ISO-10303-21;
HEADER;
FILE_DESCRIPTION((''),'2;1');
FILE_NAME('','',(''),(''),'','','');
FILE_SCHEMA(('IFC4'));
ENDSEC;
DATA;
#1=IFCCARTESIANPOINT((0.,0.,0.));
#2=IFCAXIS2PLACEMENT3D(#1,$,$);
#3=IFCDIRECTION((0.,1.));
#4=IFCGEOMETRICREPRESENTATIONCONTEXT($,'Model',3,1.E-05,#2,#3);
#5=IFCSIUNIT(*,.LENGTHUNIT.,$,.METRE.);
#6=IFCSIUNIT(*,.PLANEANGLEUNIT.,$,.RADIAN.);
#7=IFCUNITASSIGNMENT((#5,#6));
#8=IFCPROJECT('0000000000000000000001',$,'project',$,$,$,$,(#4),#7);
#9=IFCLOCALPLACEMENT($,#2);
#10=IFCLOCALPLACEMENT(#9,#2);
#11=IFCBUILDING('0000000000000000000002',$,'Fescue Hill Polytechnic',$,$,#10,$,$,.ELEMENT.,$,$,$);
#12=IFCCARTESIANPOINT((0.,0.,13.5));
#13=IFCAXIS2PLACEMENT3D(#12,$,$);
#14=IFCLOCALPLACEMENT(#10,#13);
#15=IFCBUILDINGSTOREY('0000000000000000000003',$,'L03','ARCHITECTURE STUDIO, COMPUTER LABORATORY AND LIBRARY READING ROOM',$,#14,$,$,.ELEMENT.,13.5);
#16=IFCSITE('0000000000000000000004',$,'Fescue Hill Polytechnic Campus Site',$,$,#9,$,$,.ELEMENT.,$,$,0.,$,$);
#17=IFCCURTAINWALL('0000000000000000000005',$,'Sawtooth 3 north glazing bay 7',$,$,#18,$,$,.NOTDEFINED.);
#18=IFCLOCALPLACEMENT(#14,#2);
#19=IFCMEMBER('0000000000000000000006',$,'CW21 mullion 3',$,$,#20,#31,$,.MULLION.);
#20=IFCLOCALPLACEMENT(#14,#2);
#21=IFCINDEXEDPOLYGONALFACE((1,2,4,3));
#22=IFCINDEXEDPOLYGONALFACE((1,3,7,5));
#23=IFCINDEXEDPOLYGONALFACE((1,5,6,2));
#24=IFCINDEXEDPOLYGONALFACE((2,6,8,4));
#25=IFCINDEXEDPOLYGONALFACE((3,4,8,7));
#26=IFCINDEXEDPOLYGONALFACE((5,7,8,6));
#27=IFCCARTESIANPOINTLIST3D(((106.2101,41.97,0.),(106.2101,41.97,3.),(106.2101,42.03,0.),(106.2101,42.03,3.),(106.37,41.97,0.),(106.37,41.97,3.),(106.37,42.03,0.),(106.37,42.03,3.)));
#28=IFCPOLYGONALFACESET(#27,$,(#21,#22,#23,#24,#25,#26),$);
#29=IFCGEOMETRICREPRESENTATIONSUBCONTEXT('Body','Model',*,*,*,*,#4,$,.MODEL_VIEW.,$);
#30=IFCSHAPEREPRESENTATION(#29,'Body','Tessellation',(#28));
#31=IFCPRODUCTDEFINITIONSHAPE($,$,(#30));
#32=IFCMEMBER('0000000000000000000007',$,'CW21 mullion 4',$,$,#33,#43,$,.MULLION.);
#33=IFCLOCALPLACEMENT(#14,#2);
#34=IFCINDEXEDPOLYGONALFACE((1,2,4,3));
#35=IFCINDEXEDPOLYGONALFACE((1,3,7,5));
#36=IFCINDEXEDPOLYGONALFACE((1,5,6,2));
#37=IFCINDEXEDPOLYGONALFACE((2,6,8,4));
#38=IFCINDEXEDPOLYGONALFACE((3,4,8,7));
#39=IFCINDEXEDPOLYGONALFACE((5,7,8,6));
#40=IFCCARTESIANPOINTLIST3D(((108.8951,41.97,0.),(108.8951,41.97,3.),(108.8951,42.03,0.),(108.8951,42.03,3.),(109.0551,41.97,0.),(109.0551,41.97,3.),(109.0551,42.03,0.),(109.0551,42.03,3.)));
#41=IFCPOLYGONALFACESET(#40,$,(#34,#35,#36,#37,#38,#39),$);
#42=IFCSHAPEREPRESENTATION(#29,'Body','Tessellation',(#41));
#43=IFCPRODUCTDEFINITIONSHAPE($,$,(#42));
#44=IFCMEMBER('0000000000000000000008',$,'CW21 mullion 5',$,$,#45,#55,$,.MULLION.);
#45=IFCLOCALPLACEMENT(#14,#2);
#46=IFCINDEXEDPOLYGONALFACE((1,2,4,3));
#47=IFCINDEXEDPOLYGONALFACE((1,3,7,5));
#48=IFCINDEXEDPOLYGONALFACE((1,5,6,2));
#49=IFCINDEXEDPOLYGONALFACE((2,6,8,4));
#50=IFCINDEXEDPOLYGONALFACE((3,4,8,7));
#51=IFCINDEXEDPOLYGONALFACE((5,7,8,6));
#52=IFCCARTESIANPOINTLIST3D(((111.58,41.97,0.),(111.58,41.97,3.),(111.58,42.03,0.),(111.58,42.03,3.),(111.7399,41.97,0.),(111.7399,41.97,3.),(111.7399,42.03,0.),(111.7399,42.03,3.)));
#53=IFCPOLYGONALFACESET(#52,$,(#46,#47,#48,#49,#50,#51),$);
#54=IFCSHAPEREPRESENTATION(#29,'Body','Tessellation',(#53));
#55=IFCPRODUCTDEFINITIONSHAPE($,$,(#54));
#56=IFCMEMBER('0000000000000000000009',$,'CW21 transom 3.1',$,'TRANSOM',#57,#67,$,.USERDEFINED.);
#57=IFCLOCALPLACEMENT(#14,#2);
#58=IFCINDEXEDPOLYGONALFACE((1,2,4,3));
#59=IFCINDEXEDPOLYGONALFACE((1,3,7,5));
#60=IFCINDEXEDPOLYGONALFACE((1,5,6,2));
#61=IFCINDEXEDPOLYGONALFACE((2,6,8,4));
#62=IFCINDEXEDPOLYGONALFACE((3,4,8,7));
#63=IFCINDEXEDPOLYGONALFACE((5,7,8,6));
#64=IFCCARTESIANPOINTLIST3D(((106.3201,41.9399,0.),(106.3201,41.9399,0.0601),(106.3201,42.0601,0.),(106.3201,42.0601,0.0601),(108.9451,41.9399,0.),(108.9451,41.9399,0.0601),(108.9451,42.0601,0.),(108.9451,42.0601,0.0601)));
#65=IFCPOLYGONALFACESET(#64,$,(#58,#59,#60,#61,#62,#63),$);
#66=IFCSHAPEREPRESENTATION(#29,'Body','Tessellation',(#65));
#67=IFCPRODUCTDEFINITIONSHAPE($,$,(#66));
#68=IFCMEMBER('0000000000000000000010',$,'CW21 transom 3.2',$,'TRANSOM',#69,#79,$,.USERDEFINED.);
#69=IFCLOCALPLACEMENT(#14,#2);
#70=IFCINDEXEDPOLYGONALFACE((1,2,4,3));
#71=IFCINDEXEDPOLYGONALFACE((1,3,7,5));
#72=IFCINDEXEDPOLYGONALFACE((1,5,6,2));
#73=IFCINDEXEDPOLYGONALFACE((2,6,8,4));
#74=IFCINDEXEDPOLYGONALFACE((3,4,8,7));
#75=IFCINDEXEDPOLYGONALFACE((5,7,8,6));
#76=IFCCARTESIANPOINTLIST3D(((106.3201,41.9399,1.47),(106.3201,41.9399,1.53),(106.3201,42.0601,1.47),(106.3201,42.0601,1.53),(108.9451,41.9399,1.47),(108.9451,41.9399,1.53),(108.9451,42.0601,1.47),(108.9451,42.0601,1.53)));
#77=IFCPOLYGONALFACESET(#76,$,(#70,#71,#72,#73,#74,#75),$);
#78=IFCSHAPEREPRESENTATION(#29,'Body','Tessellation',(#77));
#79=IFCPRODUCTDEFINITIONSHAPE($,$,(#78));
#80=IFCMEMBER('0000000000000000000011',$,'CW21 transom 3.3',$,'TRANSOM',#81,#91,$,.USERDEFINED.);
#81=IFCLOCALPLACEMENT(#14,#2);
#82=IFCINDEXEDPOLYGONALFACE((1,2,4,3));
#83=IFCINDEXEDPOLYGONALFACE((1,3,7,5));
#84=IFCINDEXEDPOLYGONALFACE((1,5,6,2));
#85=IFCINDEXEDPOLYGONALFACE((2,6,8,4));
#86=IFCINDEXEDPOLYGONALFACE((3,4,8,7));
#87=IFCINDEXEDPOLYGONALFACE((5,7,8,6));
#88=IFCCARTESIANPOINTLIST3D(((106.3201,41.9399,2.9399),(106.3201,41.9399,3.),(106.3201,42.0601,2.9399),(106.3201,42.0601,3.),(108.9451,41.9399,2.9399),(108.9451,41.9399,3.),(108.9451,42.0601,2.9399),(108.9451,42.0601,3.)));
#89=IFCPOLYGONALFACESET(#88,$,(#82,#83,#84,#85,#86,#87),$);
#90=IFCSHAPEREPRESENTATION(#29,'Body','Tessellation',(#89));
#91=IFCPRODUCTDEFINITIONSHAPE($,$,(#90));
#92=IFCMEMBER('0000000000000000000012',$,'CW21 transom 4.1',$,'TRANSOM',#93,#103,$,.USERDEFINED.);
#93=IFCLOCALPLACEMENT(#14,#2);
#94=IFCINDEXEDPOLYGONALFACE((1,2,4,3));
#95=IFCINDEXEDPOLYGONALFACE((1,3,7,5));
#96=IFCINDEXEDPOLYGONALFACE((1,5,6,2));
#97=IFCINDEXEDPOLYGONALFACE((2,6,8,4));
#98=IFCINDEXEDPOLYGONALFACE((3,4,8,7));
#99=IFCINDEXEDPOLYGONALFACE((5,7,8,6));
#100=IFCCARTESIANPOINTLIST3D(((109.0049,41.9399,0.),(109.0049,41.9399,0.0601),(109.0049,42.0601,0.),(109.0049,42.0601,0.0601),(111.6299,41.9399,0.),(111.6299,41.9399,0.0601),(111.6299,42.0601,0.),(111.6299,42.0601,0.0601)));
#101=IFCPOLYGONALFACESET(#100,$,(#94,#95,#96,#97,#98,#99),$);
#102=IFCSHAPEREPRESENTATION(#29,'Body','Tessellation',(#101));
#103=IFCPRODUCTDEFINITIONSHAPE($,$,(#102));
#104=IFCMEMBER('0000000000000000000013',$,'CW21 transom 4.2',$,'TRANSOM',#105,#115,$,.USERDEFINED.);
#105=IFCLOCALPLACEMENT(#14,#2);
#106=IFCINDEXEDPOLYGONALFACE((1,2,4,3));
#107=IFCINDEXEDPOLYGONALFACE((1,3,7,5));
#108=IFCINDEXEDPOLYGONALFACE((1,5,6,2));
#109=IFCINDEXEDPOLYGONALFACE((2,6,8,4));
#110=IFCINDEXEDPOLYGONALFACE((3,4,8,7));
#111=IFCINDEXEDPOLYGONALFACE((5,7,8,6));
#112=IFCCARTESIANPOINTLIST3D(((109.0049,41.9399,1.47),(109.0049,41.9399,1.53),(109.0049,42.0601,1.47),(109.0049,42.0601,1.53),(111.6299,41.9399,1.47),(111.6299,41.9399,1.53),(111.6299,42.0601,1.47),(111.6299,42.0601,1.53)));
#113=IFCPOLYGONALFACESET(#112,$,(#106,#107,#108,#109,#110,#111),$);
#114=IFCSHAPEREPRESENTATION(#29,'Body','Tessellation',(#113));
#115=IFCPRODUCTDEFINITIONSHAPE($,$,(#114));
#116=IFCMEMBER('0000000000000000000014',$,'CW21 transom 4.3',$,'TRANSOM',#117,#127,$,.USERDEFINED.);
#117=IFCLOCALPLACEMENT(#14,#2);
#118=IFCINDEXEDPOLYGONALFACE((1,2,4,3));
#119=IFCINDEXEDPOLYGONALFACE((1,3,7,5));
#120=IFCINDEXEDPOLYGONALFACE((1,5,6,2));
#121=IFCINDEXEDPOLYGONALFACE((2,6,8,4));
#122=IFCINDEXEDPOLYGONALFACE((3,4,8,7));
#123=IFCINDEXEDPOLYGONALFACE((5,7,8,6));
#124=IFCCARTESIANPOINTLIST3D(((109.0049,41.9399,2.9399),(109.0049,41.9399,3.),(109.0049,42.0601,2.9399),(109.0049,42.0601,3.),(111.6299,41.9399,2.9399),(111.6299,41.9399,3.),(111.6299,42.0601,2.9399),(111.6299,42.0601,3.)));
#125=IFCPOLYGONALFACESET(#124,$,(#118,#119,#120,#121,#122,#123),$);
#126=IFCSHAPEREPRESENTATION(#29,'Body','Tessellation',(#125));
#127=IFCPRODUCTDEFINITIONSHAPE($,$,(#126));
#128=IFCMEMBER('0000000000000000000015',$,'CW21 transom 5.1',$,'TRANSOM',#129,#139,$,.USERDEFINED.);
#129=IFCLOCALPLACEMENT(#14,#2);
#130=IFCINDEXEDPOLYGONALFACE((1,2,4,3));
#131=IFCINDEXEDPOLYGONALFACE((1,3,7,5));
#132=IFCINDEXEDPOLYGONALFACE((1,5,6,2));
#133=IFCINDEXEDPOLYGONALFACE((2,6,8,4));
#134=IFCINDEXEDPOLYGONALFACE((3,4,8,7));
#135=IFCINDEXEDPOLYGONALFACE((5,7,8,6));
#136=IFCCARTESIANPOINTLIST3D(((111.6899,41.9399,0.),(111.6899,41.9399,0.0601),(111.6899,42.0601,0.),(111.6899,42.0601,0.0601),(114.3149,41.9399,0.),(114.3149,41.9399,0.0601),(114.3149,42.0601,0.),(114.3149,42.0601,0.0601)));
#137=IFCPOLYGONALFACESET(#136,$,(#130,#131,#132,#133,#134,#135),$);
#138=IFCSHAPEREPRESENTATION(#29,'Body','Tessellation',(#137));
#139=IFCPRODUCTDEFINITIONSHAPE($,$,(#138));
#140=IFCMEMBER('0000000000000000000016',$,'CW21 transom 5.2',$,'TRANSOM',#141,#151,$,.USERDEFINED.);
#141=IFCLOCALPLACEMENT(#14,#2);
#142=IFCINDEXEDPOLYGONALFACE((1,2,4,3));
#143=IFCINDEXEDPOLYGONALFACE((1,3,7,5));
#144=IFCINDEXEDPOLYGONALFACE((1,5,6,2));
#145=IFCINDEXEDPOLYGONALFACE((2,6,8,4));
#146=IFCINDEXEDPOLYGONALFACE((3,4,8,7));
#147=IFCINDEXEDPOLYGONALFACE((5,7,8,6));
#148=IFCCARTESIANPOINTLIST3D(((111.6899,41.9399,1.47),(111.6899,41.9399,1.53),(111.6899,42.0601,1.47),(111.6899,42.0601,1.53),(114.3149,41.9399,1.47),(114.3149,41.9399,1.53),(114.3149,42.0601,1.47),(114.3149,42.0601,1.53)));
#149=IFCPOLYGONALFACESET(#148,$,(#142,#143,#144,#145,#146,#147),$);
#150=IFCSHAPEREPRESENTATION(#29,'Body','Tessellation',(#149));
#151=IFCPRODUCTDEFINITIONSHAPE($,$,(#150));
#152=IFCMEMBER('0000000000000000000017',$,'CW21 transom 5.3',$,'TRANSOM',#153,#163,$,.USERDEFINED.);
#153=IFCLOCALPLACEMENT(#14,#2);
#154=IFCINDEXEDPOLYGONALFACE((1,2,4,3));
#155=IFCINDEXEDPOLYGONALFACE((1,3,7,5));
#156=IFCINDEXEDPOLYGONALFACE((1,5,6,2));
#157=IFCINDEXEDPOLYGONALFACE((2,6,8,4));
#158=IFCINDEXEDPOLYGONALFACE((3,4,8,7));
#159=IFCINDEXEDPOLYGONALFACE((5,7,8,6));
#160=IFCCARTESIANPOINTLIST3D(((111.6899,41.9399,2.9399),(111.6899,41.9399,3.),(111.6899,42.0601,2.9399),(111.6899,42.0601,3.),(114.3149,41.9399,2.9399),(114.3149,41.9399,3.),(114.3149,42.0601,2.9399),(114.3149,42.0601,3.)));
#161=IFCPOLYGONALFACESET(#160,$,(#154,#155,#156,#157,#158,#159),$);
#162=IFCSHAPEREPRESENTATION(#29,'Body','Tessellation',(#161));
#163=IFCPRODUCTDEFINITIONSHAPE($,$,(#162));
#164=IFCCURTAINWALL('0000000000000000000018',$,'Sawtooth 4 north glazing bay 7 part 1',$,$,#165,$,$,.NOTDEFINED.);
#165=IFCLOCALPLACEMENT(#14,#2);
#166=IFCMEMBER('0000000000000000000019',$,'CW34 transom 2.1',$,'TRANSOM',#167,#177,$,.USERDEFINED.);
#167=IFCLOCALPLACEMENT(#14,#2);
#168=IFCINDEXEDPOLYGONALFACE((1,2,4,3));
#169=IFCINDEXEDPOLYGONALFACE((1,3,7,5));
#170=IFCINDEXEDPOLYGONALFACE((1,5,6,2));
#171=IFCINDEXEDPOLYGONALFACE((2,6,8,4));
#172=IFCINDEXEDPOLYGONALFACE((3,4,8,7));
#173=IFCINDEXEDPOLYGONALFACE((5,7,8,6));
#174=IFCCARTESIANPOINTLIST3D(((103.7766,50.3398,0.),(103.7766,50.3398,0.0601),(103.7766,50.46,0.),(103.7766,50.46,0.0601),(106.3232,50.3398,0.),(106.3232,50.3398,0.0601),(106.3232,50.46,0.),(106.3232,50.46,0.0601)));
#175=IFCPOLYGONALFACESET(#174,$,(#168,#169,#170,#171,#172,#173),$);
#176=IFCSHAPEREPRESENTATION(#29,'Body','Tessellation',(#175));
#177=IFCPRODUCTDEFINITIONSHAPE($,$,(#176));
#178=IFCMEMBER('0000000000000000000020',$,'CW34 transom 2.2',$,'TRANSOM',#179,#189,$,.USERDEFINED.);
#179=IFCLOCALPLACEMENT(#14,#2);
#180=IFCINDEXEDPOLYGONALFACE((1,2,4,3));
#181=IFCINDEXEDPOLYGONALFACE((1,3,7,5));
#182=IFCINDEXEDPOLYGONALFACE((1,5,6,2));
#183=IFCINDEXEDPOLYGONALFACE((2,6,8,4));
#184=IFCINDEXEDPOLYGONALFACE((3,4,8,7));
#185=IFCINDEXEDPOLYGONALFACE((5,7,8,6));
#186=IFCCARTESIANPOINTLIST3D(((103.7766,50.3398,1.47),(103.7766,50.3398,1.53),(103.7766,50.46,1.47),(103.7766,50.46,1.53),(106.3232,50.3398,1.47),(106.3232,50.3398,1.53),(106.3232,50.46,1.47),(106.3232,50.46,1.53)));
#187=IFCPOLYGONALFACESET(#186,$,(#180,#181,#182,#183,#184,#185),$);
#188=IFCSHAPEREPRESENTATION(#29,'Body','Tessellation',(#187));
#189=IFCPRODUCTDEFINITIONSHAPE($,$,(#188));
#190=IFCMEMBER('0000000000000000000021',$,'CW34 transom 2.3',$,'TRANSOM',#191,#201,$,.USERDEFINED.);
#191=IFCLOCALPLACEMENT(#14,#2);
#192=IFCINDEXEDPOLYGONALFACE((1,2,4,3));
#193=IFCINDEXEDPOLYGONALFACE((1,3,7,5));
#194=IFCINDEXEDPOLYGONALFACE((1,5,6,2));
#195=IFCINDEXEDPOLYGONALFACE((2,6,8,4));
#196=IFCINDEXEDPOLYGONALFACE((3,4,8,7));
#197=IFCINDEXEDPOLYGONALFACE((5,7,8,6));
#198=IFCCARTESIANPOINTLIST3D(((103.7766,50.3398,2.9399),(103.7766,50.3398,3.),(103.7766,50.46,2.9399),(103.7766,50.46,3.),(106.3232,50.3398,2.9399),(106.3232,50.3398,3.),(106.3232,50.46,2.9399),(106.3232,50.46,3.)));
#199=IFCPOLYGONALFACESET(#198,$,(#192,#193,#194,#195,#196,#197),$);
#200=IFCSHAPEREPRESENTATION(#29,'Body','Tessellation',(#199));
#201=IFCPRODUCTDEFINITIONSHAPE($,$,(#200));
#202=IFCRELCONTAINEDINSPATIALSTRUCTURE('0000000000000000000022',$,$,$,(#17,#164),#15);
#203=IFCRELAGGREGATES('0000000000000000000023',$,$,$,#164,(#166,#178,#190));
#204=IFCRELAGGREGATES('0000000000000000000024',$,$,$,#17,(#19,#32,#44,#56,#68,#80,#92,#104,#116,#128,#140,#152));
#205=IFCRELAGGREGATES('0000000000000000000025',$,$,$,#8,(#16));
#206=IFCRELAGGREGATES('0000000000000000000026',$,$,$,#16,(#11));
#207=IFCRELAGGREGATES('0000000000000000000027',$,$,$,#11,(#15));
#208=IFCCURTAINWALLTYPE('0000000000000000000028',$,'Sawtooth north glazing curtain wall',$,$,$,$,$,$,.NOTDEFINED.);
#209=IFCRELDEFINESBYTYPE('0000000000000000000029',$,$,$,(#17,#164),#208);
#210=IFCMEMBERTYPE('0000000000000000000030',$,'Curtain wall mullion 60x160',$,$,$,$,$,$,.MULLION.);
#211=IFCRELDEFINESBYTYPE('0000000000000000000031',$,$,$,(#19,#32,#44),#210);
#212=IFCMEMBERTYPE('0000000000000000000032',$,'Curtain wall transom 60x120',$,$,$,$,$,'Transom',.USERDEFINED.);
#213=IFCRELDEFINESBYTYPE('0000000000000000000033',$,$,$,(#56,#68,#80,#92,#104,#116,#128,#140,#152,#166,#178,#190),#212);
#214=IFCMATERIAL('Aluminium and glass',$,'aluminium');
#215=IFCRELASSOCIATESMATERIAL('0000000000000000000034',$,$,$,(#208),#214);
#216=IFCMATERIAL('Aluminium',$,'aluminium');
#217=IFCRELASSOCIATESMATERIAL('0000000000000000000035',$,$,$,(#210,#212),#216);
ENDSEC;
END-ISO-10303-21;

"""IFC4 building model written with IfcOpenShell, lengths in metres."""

from ifc_helpers import new_model, si_unit, direction, frame, origin, origin_2d, place, context, subcontext, project, spatial, rectangle, extrude, material, material_profile, profile_set, type_object, element, aggregate, save


model = new_model("IFC4")

# Units and contexts
model_context = context("Model", 3, precision=1e-05, world=origin(), true_north=direction((0.0, 1.0)))
body_context = subcontext(model_context, "Body", "Model", "MODEL_VIEW")
ifc_project = project(units=[si_unit("LENGTHUNIT", "METRE"), si_unit("PLANEANGLEUNIT", "RADIAN")], contexts=[model_context])

# Site, building, storey
site_placement = place(None, origin())
site = spatial("IfcSite", under=ifc_project, at=site_placement, Name="Fescue Hill Polytechnic Campus Site", CompositionType="ELEMENT", RefElevation=0.0)
building_placement = place(site_placement, origin())
building = spatial("IfcBuilding", under=site, at=building_placement, Name="Fescue Hill Polytechnic", CompositionType="ELEMENT")
storey_placement = place(building_placement, frame((0.0, 0.0, 13.5)))
storey = spatial("IfcBuildingStorey", under=building, at=storey_placement, Name="L03", Description="ARCHITECTURE STUDIO, COMPUTER LABORATORY AND LIBRARY READING ROOM", CompositionType="ELEMENT", Elevation=13.5)

# Curtain walls, members
ifc_material_1 = material(Name="Aluminium and glass", Category="aluminium")
curtain_wall_type = type_object("IfcCurtainWallType", Name="Sawtooth north glazing curtain wall", PredefinedType="NOTDEFINED", material=ifc_material_1)
curtain_wall_1_placement = place(storey_placement, origin())
curtain_wall_1 = element("IfcCurtainWall", 1, at=curtain_wall_1_placement, inside=storey, type_object=curtain_wall_type, Name="Sawtooth 3 north glazing bay 7", PredefinedType="NOTDEFINED")
ifc_material_2 = material(Name="Aluminium", Category="aluminium")
ifc_material_profile_1 = material_profile(ifc_material_2, rectangle(XDim=0.0601, YDim=0.1599, at=origin_2d()), Name="Curtain wall mullion 60x160")
ifc_profile_set_1 = profile_set([ifc_material_profile_1], Name="Aluminium")
member_type_1 = type_object("IfcMemberType", Name="Curtain wall mullion 60x160", PredefinedType="MULLION", material=ifc_profile_set_1)
member_1_placement = place(storey_placement, frame((106.29, 42.0, 0.0), z_axis=(0.0, 0.0, 1.0), x_axis=(0.0, 1.0, 0.0)))
member_1 = element("IfcMember", 2, at=member_1_placement, type_object=member_type_1, Name="CW21 mullion 3", PredefinedType="MULLION", context=body_context, shape_type="SweptSolid", body=[
    extrude(rectangle(XDim=0.0601, YDim=0.1599, at=origin_2d()), origin(), (0.0, 0.0, 1.0), 3.0),
])
member_2_placement = place(storey_placement, frame((108.9751, 42.0, 0.0), z_axis=(0.0, 0.0, 1.0), x_axis=(0.0, 1.0, 0.0)))
member_2 = element("IfcMember", 3, at=member_2_placement, type_object=member_type_1, Name="CW21 mullion 4", PredefinedType="MULLION", context=body_context, shape_type="SweptSolid", body=[
    extrude(rectangle(XDim=0.0601, YDim=0.1599, at=origin_2d()), origin(), (0.0, 0.0, 1.0), 3.0),
])
member_3_placement = place(storey_placement, frame((111.6599, 42.0, 0.0), z_axis=(0.0, 0.0, 1.0), x_axis=(0.0, 1.0, 0.0)))
member_3 = element("IfcMember", 4, at=member_3_placement, type_object=member_type_1, Name="CW21 mullion 5", PredefinedType="MULLION", context=body_context, shape_type="SweptSolid", body=[
    extrude(rectangle(XDim=0.0601, YDim=0.1599, at=origin_2d()), origin(), (0.0, 0.0, 1.0), 3.0),
])
ifc_material_profile_2 = material_profile(ifc_material_2, rectangle(XDim=0.1201, YDim=0.0601, at=origin_2d()), Name="Curtain wall transom 60x120")
ifc_profile_set_2 = profile_set([ifc_material_profile_2], Name="Aluminium")
member_type_2 = type_object("IfcMemberType", Name="Curtain wall transom 60x120", ElementType="Transom", PredefinedType="USERDEFINED", material=ifc_profile_set_2)
member_4_placement = place(storey_placement, frame((106.3201, 42.0, 0.03), z_axis=(1.0, 0.0, 0.0), x_axis=(0.0, 1.0, 0.0)))
member_4 = element("IfcMember", 5, at=member_4_placement, type_object=member_type_2, Name="CW21 transom 3.1", ObjectType="TRANSOM", PredefinedType="USERDEFINED", context=body_context, shape_type="SweptSolid", body=[
    extrude(rectangle(XDim=0.1201, YDim=0.0601, at=origin_2d()), origin(), (0.0, 0.0, 1.0), 2.625),
])
member_5_placement = place(storey_placement, frame((106.3201, 42.0, 1.5), z_axis=(1.0, 0.0, 0.0), x_axis=(0.0, 1.0, 0.0)))
member_5 = element("IfcMember", 6, at=member_5_placement, type_object=member_type_2, Name="CW21 transom 3.2", ObjectType="TRANSOM", PredefinedType="USERDEFINED", context=body_context, shape_type="SweptSolid", body=[
    extrude(rectangle(XDim=0.1201, YDim=0.0601, at=origin_2d()), origin(), (0.0, 0.0, 1.0), 2.625),
])
member_6_placement = place(storey_placement, frame((106.3201, 42.0, 2.97), z_axis=(1.0, 0.0, 0.0), x_axis=(0.0, 1.0, 0.0)))
member_6 = element("IfcMember", 7, at=member_6_placement, type_object=member_type_2, Name="CW21 transom 3.3", ObjectType="TRANSOM", PredefinedType="USERDEFINED", context=body_context, shape_type="SweptSolid", body=[
    extrude(rectangle(XDim=0.1201, YDim=0.0601, at=origin_2d()), origin(), (0.0, 0.0, 1.0), 2.625),
])
member_7_placement = place(storey_placement, frame((109.0049, 42.0, 0.03), z_axis=(1.0, 0.0, 0.0), x_axis=(0.0, 1.0, 0.0)))
member_7 = element("IfcMember", 8, at=member_7_placement, type_object=member_type_2, Name="CW21 transom 4.1", ObjectType="TRANSOM", PredefinedType="USERDEFINED", context=body_context, shape_type="SweptSolid", body=[
    extrude(rectangle(XDim=0.1201, YDim=0.0601, at=origin_2d()), origin(), (0.0, 0.0, 1.0), 2.625),
])
member_8_placement = place(storey_placement, frame((109.0049, 42.0, 1.5), z_axis=(1.0, 0.0, 0.0), x_axis=(0.0, 1.0, 0.0)))
member_8 = element("IfcMember", 9, at=member_8_placement, type_object=member_type_2, Name="CW21 transom 4.2", ObjectType="TRANSOM", PredefinedType="USERDEFINED", context=body_context, shape_type="SweptSolid", body=[
    extrude(rectangle(XDim=0.1201, YDim=0.0601, at=origin_2d()), origin(), (0.0, 0.0, 1.0), 2.625),
])
member_9_placement = place(storey_placement, frame((109.0049, 42.0, 2.97), z_axis=(1.0, 0.0, 0.0), x_axis=(0.0, 1.0, 0.0)))
member_9 = element("IfcMember", 10, at=member_9_placement, type_object=member_type_2, Name="CW21 transom 4.3", ObjectType="TRANSOM", PredefinedType="USERDEFINED", context=body_context, shape_type="SweptSolid", body=[
    extrude(rectangle(XDim=0.1201, YDim=0.0601, at=origin_2d()), origin(), (0.0, 0.0, 1.0), 2.625),
])
member_10_placement = place(storey_placement, frame((111.6899, 42.0, 0.03), z_axis=(1.0, 0.0, 0.0), x_axis=(0.0, 1.0, 0.0)))
member_10 = element("IfcMember", 11, at=member_10_placement, type_object=member_type_2, Name="CW21 transom 5.1", ObjectType="TRANSOM", PredefinedType="USERDEFINED", context=body_context, shape_type="SweptSolid", body=[
    extrude(rectangle(XDim=0.1201, YDim=0.0601, at=origin_2d()), origin(), (0.0, 0.0, 1.0), 2.625),
])
member_11_placement = place(storey_placement, frame((111.6899, 42.0, 1.5), z_axis=(1.0, 0.0, 0.0), x_axis=(0.0, 1.0, 0.0)))
member_11 = element("IfcMember", 12, at=member_11_placement, type_object=member_type_2, Name="CW21 transom 5.2", ObjectType="TRANSOM", PredefinedType="USERDEFINED", context=body_context, shape_type="SweptSolid", body=[
    extrude(rectangle(XDim=0.1201, YDim=0.0601, at=origin_2d()), origin(), (0.0, 0.0, 1.0), 2.625),
])
member_12_placement = place(storey_placement, frame((111.6899, 42.0, 2.97), z_axis=(1.0, 0.0, 0.0), x_axis=(0.0, 1.0, 0.0)))
member_12 = element("IfcMember", 13, at=member_12_placement, type_object=member_type_2, Name="CW21 transom 5.3", ObjectType="TRANSOM", PredefinedType="USERDEFINED", context=body_context, shape_type="SweptSolid", body=[
    extrude(rectangle(XDim=0.1201, YDim=0.0601, at=origin_2d()), origin(), (0.0, 0.0, 1.0), 2.625),
])
curtain_wall_2_placement = place(storey_placement, origin())
curtain_wall_2 = element("IfcCurtainWall", 14, at=curtain_wall_2_placement, inside=storey, type_object=curtain_wall_type, Name="Sawtooth 4 north glazing bay 7 part 1", PredefinedType="NOTDEFINED")
member_13_placement = place(storey_placement, frame((103.7766, 50.3999, 0.03), z_axis=(1.0, 0.0, 0.0), x_axis=(0.0, 1.0, 0.0)))
member_13 = element("IfcMember", 15, at=member_13_placement, type_object=member_type_2, Name="CW34 transom 2.1", ObjectType="TRANSOM", PredefinedType="USERDEFINED", context=body_context, shape_type="SweptSolid", body=[
    extrude(rectangle(XDim=0.1201, YDim=0.0601, at=origin_2d()), origin(), (0.0, 0.0, 1.0), 2.5466),
])
member_14_placement = place(storey_placement, frame((103.7766, 50.3999, 1.5), z_axis=(1.0, 0.0, 0.0), x_axis=(0.0, 1.0, 0.0)))
member_14 = element("IfcMember", 16, at=member_14_placement, type_object=member_type_2, Name="CW34 transom 2.2", ObjectType="TRANSOM", PredefinedType="USERDEFINED", context=body_context, shape_type="SweptSolid", body=[
    extrude(rectangle(XDim=0.1201, YDim=0.0601, at=origin_2d()), origin(), (0.0, 0.0, 1.0), 2.5466),
])
member_15_placement = place(storey_placement, frame((103.7766, 50.3999, 2.97), z_axis=(1.0, 0.0, 0.0), x_axis=(0.0, 1.0, 0.0)))
member_15 = element("IfcMember", 17, at=member_15_placement, type_object=member_type_2, Name="CW34 transom 2.3", ObjectType="TRANSOM", PredefinedType="USERDEFINED", context=body_context, shape_type="SweptSolid", body=[
    extrude(rectangle(XDim=0.1201, YDim=0.0601, at=origin_2d()), origin(), (0.0, 0.0, 1.0), 2.5466),
])
aggregate(curtain_wall_2, [member_13, member_14, member_15])

aggregate(curtain_wall_1, [member_1, member_2, member_3, member_4, member_5, member_6, member_7, member_8, member_9, member_10, member_11, member_12])

save(model, "model.ifc")
